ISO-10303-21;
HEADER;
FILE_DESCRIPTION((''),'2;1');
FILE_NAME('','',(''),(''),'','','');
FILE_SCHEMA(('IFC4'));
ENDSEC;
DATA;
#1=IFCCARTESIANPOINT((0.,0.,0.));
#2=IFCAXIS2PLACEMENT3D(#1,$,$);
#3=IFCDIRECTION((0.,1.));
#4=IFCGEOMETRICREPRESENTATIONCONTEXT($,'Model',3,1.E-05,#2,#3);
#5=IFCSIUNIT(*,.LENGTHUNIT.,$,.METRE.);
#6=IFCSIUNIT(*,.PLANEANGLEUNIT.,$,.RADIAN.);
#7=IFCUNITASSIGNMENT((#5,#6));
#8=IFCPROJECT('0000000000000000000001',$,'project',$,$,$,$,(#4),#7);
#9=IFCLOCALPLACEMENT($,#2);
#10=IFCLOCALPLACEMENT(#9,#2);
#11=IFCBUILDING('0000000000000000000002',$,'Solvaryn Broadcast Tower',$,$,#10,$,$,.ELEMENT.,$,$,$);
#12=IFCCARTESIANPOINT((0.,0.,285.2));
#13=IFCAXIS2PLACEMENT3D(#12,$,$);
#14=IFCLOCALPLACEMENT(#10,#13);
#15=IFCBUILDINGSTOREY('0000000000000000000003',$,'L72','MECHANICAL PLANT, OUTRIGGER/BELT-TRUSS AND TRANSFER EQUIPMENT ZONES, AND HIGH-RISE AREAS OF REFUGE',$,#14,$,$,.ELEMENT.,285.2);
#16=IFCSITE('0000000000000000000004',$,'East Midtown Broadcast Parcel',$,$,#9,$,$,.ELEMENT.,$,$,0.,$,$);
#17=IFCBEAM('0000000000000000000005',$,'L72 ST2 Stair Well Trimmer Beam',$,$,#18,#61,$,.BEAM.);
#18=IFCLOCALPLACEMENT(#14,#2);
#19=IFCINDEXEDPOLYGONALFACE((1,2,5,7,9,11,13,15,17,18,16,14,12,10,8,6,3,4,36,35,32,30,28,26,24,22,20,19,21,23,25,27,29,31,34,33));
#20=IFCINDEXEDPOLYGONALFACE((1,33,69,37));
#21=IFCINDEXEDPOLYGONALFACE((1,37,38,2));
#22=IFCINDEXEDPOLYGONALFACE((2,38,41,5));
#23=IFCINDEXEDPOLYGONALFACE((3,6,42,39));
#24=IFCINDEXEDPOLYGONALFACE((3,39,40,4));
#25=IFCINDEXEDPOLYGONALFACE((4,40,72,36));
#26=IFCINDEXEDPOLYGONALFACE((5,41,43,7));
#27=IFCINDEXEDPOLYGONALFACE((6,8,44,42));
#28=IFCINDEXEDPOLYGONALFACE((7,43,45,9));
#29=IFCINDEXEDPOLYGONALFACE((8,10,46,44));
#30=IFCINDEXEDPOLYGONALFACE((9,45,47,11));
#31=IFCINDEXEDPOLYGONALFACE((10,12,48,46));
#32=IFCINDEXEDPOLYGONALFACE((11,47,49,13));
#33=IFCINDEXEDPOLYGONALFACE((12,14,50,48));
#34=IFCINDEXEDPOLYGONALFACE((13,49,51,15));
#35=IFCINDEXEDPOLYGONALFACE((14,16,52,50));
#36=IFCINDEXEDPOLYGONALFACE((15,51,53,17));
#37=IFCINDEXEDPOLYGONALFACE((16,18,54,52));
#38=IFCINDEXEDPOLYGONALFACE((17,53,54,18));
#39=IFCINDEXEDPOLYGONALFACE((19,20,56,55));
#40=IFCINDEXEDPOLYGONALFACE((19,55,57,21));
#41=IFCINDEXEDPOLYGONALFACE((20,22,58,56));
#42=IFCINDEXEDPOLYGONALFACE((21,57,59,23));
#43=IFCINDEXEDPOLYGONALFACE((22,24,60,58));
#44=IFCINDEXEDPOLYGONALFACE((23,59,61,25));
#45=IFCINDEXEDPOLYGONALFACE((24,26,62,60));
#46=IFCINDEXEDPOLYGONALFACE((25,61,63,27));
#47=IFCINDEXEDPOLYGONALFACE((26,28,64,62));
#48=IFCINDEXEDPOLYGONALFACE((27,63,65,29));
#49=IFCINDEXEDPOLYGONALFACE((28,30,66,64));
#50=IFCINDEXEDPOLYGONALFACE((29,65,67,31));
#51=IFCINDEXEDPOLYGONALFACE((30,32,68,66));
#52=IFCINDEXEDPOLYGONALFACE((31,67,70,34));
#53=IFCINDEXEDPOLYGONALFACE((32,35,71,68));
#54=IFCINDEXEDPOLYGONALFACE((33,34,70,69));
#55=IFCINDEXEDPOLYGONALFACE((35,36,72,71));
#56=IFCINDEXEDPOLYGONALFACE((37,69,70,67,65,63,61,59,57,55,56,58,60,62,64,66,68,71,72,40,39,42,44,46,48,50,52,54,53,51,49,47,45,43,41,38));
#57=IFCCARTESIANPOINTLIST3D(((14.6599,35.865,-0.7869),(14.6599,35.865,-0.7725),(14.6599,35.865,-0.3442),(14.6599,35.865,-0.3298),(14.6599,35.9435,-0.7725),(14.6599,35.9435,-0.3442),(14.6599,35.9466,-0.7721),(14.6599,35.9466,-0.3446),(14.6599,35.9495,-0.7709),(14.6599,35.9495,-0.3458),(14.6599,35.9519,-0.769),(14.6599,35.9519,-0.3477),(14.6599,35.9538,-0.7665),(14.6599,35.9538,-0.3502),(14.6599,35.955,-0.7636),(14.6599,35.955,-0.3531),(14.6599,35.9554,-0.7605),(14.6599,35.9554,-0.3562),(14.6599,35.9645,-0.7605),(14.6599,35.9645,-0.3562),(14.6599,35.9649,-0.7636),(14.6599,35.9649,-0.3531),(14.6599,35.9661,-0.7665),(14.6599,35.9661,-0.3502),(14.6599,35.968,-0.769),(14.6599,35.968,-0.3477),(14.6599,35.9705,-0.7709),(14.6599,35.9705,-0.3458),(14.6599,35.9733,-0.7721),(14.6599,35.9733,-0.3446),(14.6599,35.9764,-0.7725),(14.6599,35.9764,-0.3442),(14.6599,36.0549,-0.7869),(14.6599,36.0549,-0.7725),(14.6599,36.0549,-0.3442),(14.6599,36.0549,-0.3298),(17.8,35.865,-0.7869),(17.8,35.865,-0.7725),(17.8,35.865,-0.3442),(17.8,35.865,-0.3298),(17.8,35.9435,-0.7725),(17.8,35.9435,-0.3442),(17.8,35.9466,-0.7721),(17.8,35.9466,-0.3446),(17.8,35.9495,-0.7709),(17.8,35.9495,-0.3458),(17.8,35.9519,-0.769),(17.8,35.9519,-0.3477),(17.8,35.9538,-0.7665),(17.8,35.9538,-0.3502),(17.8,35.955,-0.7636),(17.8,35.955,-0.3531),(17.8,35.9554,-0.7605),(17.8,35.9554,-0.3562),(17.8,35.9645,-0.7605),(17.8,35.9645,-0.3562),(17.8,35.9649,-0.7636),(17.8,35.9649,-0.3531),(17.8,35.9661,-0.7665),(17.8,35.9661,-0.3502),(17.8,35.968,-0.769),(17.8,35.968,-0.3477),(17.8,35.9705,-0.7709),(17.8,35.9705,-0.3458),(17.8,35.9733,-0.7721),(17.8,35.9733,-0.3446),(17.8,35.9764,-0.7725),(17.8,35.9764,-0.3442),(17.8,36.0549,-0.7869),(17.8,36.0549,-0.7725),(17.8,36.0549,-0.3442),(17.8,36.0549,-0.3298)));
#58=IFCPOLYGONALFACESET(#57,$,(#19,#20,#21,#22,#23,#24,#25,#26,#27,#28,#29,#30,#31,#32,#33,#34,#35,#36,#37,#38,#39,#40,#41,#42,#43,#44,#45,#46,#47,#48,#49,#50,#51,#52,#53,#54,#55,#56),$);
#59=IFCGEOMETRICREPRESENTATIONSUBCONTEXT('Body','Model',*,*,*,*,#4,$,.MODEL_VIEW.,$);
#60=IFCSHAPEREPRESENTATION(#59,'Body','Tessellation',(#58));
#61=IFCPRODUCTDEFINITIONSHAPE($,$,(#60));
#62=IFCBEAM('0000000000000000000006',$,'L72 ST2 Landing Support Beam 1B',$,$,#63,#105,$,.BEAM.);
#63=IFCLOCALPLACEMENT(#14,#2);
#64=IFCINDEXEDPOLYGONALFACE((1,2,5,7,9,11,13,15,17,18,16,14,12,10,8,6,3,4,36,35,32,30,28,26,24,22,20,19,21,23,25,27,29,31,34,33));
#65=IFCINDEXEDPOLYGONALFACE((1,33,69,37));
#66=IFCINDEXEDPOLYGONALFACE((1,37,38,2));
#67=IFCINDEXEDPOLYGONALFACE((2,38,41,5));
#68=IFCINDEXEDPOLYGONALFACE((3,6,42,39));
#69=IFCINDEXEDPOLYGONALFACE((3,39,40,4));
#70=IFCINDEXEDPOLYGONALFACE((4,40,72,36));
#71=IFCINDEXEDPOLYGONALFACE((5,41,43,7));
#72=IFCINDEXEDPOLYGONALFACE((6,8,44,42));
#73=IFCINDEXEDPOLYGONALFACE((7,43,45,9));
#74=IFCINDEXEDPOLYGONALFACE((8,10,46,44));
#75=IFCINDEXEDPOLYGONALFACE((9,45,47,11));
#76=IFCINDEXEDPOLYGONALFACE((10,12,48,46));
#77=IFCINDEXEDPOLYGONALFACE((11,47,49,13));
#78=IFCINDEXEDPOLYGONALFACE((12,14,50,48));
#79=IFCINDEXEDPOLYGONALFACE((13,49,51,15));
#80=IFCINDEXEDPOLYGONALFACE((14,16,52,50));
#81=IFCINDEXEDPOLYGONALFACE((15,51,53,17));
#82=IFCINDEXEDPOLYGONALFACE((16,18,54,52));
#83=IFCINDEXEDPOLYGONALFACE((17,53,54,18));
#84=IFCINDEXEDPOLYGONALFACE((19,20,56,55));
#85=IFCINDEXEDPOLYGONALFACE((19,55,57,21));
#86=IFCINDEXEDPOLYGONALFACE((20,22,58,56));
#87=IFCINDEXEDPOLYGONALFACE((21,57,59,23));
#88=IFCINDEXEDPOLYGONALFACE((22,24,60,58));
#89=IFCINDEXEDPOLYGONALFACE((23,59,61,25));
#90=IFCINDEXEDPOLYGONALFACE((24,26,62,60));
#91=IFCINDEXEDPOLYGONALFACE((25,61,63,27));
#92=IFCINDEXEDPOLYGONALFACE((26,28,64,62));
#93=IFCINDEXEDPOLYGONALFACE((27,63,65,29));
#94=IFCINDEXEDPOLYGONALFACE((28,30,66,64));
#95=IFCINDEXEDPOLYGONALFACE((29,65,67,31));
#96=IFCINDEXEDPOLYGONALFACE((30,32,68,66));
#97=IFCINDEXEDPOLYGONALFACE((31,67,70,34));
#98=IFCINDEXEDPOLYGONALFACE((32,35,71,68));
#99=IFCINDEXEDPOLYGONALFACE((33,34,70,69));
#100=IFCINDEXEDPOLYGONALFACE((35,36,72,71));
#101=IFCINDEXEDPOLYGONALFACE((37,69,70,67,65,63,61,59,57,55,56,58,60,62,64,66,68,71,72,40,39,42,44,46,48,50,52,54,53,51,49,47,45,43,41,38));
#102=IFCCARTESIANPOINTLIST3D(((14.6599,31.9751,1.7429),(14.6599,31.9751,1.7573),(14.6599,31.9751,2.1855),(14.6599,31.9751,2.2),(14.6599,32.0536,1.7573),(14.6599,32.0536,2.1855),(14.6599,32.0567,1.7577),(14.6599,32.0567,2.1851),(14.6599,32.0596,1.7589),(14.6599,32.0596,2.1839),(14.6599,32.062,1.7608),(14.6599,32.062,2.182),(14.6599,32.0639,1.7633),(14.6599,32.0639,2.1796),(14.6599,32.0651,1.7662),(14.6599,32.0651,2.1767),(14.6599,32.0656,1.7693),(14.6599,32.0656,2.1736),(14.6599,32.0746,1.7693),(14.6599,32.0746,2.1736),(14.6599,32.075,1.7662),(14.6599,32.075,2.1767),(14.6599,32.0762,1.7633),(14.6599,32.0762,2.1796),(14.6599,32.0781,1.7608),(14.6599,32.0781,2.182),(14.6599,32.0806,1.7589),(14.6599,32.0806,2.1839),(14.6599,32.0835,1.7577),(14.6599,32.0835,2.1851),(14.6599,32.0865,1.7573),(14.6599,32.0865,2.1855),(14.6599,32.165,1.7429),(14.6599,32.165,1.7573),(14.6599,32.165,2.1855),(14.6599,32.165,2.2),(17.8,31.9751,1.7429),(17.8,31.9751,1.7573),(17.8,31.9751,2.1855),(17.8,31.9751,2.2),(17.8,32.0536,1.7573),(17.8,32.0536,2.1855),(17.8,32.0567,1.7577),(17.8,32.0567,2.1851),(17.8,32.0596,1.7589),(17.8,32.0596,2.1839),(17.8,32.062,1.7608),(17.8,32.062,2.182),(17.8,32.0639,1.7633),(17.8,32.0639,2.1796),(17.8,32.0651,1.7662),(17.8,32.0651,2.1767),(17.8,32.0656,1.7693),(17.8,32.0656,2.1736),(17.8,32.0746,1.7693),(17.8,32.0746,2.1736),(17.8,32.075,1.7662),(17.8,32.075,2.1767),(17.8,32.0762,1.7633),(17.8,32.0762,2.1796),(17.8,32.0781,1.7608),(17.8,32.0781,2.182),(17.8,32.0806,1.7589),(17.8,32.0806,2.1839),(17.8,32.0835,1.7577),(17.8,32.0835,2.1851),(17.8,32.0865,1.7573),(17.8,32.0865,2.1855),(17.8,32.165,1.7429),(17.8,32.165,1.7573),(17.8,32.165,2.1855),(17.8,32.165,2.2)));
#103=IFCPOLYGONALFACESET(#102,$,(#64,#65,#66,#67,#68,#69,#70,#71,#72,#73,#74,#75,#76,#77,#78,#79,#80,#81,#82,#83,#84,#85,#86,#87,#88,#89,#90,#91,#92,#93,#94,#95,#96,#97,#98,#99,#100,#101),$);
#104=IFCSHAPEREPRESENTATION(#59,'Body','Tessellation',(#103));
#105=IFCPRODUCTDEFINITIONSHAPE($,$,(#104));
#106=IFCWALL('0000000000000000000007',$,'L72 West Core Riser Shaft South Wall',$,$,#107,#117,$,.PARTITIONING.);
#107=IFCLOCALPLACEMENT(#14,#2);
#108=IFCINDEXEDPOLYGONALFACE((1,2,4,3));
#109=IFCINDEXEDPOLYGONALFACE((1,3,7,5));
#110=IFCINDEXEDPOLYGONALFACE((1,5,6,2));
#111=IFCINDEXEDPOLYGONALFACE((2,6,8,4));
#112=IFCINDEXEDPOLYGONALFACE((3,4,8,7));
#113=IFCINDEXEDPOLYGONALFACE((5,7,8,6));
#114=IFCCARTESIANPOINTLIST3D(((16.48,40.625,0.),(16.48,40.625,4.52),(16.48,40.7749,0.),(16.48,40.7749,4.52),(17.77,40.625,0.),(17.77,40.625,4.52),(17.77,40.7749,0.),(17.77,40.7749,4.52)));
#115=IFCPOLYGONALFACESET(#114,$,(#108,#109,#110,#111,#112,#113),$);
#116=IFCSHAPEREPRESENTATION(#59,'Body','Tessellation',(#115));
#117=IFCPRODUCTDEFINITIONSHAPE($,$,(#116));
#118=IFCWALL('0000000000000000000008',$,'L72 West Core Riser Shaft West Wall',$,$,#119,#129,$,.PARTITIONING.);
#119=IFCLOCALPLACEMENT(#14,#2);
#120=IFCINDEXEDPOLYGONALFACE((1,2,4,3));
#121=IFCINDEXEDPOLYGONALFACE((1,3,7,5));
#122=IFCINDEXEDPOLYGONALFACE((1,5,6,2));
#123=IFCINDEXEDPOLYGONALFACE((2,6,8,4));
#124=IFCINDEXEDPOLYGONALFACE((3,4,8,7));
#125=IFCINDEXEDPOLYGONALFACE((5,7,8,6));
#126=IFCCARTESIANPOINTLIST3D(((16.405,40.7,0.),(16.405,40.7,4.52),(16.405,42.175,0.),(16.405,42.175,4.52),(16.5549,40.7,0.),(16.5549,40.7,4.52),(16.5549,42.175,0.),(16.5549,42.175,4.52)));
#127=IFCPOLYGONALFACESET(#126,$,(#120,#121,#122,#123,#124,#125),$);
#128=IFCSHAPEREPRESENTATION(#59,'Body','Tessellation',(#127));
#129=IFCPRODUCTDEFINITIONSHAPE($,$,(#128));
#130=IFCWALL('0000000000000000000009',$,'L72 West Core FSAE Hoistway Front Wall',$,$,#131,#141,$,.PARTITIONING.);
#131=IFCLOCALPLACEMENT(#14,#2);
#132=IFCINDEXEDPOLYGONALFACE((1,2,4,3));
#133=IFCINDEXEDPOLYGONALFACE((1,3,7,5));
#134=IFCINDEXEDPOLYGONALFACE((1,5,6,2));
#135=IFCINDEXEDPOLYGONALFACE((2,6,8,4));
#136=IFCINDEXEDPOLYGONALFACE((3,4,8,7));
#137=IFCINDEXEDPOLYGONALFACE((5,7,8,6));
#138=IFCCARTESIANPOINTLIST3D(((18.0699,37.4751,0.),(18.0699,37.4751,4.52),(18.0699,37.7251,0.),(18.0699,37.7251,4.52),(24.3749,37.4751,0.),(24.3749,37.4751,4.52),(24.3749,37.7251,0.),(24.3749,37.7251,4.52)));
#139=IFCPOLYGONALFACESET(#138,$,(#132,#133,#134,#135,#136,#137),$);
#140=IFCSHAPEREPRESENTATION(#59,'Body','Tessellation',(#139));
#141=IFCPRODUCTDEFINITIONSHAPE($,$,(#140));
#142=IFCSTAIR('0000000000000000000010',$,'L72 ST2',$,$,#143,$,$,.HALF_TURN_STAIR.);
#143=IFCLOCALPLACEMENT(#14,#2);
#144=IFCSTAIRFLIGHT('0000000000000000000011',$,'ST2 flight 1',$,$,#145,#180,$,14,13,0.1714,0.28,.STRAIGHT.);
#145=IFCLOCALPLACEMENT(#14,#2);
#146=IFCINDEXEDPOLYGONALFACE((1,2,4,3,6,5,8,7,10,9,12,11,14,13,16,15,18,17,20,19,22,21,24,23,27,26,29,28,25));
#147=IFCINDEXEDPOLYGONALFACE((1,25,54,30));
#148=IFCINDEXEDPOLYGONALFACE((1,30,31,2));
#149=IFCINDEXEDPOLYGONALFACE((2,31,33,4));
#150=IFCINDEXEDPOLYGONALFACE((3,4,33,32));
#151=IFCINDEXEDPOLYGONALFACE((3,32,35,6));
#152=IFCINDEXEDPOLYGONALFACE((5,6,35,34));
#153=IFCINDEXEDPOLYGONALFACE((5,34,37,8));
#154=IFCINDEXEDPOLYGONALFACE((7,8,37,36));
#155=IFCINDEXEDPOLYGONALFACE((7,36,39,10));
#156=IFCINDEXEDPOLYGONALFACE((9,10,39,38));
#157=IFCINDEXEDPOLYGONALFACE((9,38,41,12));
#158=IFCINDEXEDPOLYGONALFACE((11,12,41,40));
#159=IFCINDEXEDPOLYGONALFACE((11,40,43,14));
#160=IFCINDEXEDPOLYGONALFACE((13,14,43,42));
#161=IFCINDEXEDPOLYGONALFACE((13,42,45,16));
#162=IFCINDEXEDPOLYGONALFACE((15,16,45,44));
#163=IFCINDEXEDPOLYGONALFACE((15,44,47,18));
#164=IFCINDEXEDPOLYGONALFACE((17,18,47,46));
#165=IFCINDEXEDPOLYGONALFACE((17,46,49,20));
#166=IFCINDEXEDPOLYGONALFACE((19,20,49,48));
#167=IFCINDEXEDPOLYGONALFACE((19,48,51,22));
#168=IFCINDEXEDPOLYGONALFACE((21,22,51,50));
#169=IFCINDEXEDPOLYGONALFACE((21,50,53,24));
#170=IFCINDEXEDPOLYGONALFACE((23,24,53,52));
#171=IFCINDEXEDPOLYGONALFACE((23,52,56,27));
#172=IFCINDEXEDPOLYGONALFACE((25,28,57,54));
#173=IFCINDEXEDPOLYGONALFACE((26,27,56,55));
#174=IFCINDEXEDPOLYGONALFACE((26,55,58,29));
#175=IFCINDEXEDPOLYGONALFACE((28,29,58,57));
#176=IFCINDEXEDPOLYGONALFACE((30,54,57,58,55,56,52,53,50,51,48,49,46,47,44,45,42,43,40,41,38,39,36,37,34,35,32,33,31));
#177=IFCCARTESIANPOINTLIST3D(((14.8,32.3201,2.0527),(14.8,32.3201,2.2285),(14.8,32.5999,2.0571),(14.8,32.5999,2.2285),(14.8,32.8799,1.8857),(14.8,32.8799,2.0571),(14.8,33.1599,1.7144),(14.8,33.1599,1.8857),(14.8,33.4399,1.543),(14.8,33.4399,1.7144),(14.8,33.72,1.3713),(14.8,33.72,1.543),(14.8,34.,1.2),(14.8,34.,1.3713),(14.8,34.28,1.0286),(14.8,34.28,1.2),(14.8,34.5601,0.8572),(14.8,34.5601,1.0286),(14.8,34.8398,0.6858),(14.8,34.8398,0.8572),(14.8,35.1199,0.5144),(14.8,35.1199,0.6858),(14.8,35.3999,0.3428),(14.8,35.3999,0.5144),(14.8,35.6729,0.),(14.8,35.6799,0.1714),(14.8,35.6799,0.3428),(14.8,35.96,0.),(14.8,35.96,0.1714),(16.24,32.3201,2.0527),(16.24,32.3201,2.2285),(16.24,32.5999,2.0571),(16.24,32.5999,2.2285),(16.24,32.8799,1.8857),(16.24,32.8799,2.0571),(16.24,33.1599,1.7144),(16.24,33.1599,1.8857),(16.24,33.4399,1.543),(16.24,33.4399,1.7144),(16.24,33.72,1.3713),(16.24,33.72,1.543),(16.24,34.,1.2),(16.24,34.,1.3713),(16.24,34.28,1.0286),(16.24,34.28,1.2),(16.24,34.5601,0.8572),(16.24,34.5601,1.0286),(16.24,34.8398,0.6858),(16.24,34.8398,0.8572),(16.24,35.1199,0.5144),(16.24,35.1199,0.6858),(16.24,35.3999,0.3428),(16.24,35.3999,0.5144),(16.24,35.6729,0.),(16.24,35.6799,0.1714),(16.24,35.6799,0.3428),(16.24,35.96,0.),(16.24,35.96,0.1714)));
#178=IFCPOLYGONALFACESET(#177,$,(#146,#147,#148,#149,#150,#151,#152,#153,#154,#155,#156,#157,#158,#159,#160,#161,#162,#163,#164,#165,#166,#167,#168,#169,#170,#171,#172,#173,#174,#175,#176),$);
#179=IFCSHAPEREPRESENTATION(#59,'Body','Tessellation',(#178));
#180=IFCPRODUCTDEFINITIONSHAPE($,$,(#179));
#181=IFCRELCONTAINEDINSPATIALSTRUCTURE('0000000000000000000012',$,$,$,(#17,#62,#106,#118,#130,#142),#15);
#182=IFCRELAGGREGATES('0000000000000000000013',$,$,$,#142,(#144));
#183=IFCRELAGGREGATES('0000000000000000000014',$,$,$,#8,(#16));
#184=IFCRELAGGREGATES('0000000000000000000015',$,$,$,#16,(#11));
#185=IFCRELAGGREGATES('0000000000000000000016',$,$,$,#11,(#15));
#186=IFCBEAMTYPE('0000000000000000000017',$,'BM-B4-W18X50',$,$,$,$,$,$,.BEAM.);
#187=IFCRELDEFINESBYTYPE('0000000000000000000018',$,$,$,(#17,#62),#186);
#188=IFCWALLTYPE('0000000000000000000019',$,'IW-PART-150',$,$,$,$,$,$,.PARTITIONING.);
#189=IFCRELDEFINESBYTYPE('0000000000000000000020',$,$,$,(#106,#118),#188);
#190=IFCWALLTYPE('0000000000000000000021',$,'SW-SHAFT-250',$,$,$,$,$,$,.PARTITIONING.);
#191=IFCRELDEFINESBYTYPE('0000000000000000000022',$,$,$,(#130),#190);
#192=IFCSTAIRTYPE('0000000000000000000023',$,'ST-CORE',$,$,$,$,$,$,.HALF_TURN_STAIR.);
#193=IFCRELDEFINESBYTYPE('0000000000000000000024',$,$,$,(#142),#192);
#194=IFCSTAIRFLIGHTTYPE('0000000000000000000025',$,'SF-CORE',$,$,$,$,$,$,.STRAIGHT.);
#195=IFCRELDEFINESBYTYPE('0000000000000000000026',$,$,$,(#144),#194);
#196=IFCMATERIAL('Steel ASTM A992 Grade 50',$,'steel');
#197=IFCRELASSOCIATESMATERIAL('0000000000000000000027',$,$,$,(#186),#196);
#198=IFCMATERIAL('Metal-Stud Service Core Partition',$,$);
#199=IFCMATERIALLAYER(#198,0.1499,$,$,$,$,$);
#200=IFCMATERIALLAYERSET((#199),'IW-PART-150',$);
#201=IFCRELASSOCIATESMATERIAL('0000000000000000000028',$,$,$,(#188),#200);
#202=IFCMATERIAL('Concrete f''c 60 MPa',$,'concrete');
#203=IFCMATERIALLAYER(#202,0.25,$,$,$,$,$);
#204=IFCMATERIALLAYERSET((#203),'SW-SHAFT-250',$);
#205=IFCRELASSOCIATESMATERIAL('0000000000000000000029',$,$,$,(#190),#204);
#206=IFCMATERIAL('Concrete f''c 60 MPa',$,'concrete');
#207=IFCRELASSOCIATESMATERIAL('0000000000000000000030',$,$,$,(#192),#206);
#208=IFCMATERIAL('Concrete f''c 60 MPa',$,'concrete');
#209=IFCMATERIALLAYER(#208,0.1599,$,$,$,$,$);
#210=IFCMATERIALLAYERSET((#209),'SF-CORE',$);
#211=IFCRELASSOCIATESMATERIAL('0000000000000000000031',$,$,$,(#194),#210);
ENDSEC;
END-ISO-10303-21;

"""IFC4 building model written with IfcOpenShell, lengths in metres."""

from ifc_helpers import new_model, si_unit, direction, frame, frame_2d, origin, origin_2d, place, context, subcontext, project, spatial, polyline, rectangle, i_section, outline, extrude, material, layer, layer_set, material_profile, profile_set, type_object, element, aggregate, save


model = new_model("IFC4")

# Units and contexts
model_context = context("Model", 3, precision=1e-05, world=origin(), true_north=direction((0.0, 1.0)))
body_context = subcontext(model_context, "Body", "Model", "MODEL_VIEW")
ifc_project = project(units=[si_unit("LENGTHUNIT", "METRE"), si_unit("PLANEANGLEUNIT", "RADIAN")], contexts=[model_context])

# Site, building, storey
site_placement = place(None, origin())
site = spatial("IfcSite", under=ifc_project, at=site_placement, Name="East Midtown Broadcast Parcel", CompositionType="ELEMENT", RefElevation=0.0)
building_placement = place(site_placement, origin())
building = spatial("IfcBuilding", under=site, at=building_placement, Name="Solvaryn Broadcast Tower", CompositionType="ELEMENT")
storey_placement = place(building_placement, frame((0.0, 0.0, 285.2)))
storey = spatial("IfcBuildingStorey", under=building, at=storey_placement, Name="L72", Description="MECHANICAL PLANT, OUTRIGGER/BELT-TRUSS AND TRANSFER EQUIPMENT ZONES, AND HIGH-RISE AREAS OF REFUGE", CompositionType="ELEMENT", Elevation=285.2)

# Beams
ifc_material_1 = material(Name="Steel ASTM A992 Grade 50", Category="steel")
ifc_material_profile = material_profile(ifc_material_1, i_section(OverallWidth=0.1899, OverallDepth=0.457, WebThickness=0.009, FlangeThickness=0.0144, FilletRadius=0.012, at=origin_2d()))
ifc_profile_set = profile_set([ifc_material_profile], Name="Steel ASTM A992 Grade 50")
beam_type = type_object("IfcBeamType", Name="BM-B4-W18X50", PredefinedType="BEAM", material=ifc_profile_set)
for number, where, z_axis, x_axis, name in (
    (1, (14.6599, 35.96, -0.5583), (1.0, 0.0, 0.0), (0.0, 1.0, 0.0), "L72 ST2 Stair Well Trimmer Beam"),
    (2, (14.6599, 32.0701, 1.9714), (1.0, 0.0, 0.0), (0.0, 1.0, 0.0), "L72 ST2 Landing Support Beam 1B"),
):
    element("IfcBeam", number, at=place(storey_placement, frame(where, z_axis=z_axis, x_axis=x_axis)), inside=storey, type_object=beam_type, Name=name, PredefinedType="BEAM", context=body_context, shape_type="SweptSolid", body=[
        extrude(i_section(OverallWidth=0.1899, OverallDepth=0.457, WebThickness=0.009, FlangeThickness=0.0144, FilletRadius=0.012, at=origin_2d()), origin(), (0.0, 0.0, 1.0), 3.1401),
    ])

# Walls
ifc_material_2 = material(Name="Metal-Stud Service Core Partition")
ifc_layer_1 = layer(ifc_material_2, 0.1499)
ifc_layer_set_1 = layer_set([ifc_layer_1], Name="IW-PART-150")
wall_type_1 = type_object("IfcWallType", Name="IW-PART-150", PredefinedType="PARTITIONING", material=ifc_layer_set_1)
wall_1_placement = place(storey_placement, frame((16.48, 40.7, 0.0), z_axis=(0.0, 0.0, 1.0), x_axis=(1.0, 0.0, 0.0)))
element("IfcWall", 3, at=wall_1_placement, inside=storey, type_object=wall_type_1, Name="L72 West Core Riser Shaft South Wall", PredefinedType="PARTITIONING", context=body_context, shape_type="SweptSolid", body=[
    extrude(rectangle(XDim=1.29, YDim=0.1499, at=frame_2d((0.645, 0.0))), origin(), (0.0, 0.0, 1.0), 4.52),
])
wall_2_placement = place(storey_placement, frame((16.48, 40.7, 0.0), z_axis=(0.0, 0.0, 1.0), x_axis=(0.0, 1.0, 0.0)))
element("IfcWall", 4, at=wall_2_placement, inside=storey, type_object=wall_type_1, Name="L72 West Core Riser Shaft West Wall", PredefinedType="PARTITIONING", context=body_context, shape_type="SweptSolid", body=[
    extrude(rectangle(XDim=1.4751, YDim=0.1499, at=frame_2d((0.7375, 0.0))), origin(), (0.0, 0.0, 1.0), 4.52),
])
ifc_material_3 = material(Name="Concrete f'c 60 MPa", Category="concrete")
ifc_layer_2 = layer(ifc_material_3, 0.25)
ifc_layer_set_2 = layer_set([ifc_layer_2], Name="SW-SHAFT-250")
wall_type_2 = type_object("IfcWallType", Name="SW-SHAFT-250", PredefinedType="PARTITIONING", material=ifc_layer_set_2)
wall_3_placement = place(storey_placement, frame((18.0701, 37.6001, 0.0), z_axis=(0.0, 0.0, 1.0), x_axis=(1.0, 0.0, 0.0)))
element("IfcWall", 5, at=wall_3_placement, inside=storey, type_object=wall_type_2, Name="L72 West Core FSAE Hoistway Front Wall", PredefinedType="PARTITIONING", context=body_context, shape_type="SweptSolid", body=[
    extrude(rectangle(XDim=6.3049, YDim=0.25, at=frame_2d((3.1523, 0.0))), origin(), (0.0, 0.0, 1.0), 4.52),
])

# Stair, stair flight
ifc_material_4 = material(Name="Concrete f'c 60 MPa", Category="concrete")
stair_type = type_object("IfcStairType", Name="ST-CORE", PredefinedType="HALF_TURN_STAIR", material=ifc_material_4)
stair_placement = place(storey_placement, origin())
stair = element("IfcStair", 6, at=stair_placement, inside=storey, type_object=stair_type, Name="L72 ST2", PredefinedType="HALF_TURN_STAIR")
ifc_material_5 = material(Name="Concrete f'c 60 MPa", Category="concrete")
ifc_layer_3 = layer(ifc_material_5, 0.1599)
ifc_layer_set_3 = layer_set([ifc_layer_3], Name="SF-CORE")
stair_flight_type = type_object("IfcStairFlightType", Name="SF-CORE", PredefinedType="STRAIGHT", material=ifc_layer_set_3)
stair_flight_1_placement = place(storey_placement, frame((15.52, 35.96, 0.0), z_axis=(0.0, 0.0, 1.0), x_axis=(0.0, -1.0, 0.0)))
stair_flight_1 = element("IfcStairFlight", 7, at=stair_flight_1_placement, type_object=stair_flight_type, Name="ST2 flight 1", NumberOfRisers=14, NumberOfTreads=13, PredefinedType="STRAIGHT", RiserHeight=0.1714, TreadLength=0.28, context=body_context, shape_type="SweptSolid", body=[
    extrude(outline(polyline([(0.0, 0.0), (0.0, 0.1714), (0.28, 0.1714), (0.28, 0.3428), (0.5601, 0.3428), (0.5601, 0.5144), (0.8401, 0.5144), (0.8401, 0.6858), (1.1201, 0.6858), (1.1201, 0.8572), (1.3999, 0.8572), (1.3999, 1.0286), (1.6799, 1.0286), (1.6799, 1.2), (1.96, 1.2), (1.96, 1.3713), (2.24, 1.3713), (2.24, 1.543), (2.52, 1.543), (2.52, 1.7144), (2.8, 1.7144), (2.8, 1.8857), (3.0801, 1.8857), (3.0801, 2.0571), (3.3601, 2.0571), (3.3601, 2.2285), (3.6399, 2.2285), (3.6399, 2.3999), (3.6399, 2.0527), (0.2871, 0.0), (0.0, 0.0)])), frame((0.0, 0.72, 0.0), z_axis=(0.0, -1.0, 0.0), x_axis=(1.0, 0.0, 0.0)), (0.0, 0.0, 1.0), 1.4399),
])
aggregate(stair, [stair_flight_1])

save(model, "model.ifc")
